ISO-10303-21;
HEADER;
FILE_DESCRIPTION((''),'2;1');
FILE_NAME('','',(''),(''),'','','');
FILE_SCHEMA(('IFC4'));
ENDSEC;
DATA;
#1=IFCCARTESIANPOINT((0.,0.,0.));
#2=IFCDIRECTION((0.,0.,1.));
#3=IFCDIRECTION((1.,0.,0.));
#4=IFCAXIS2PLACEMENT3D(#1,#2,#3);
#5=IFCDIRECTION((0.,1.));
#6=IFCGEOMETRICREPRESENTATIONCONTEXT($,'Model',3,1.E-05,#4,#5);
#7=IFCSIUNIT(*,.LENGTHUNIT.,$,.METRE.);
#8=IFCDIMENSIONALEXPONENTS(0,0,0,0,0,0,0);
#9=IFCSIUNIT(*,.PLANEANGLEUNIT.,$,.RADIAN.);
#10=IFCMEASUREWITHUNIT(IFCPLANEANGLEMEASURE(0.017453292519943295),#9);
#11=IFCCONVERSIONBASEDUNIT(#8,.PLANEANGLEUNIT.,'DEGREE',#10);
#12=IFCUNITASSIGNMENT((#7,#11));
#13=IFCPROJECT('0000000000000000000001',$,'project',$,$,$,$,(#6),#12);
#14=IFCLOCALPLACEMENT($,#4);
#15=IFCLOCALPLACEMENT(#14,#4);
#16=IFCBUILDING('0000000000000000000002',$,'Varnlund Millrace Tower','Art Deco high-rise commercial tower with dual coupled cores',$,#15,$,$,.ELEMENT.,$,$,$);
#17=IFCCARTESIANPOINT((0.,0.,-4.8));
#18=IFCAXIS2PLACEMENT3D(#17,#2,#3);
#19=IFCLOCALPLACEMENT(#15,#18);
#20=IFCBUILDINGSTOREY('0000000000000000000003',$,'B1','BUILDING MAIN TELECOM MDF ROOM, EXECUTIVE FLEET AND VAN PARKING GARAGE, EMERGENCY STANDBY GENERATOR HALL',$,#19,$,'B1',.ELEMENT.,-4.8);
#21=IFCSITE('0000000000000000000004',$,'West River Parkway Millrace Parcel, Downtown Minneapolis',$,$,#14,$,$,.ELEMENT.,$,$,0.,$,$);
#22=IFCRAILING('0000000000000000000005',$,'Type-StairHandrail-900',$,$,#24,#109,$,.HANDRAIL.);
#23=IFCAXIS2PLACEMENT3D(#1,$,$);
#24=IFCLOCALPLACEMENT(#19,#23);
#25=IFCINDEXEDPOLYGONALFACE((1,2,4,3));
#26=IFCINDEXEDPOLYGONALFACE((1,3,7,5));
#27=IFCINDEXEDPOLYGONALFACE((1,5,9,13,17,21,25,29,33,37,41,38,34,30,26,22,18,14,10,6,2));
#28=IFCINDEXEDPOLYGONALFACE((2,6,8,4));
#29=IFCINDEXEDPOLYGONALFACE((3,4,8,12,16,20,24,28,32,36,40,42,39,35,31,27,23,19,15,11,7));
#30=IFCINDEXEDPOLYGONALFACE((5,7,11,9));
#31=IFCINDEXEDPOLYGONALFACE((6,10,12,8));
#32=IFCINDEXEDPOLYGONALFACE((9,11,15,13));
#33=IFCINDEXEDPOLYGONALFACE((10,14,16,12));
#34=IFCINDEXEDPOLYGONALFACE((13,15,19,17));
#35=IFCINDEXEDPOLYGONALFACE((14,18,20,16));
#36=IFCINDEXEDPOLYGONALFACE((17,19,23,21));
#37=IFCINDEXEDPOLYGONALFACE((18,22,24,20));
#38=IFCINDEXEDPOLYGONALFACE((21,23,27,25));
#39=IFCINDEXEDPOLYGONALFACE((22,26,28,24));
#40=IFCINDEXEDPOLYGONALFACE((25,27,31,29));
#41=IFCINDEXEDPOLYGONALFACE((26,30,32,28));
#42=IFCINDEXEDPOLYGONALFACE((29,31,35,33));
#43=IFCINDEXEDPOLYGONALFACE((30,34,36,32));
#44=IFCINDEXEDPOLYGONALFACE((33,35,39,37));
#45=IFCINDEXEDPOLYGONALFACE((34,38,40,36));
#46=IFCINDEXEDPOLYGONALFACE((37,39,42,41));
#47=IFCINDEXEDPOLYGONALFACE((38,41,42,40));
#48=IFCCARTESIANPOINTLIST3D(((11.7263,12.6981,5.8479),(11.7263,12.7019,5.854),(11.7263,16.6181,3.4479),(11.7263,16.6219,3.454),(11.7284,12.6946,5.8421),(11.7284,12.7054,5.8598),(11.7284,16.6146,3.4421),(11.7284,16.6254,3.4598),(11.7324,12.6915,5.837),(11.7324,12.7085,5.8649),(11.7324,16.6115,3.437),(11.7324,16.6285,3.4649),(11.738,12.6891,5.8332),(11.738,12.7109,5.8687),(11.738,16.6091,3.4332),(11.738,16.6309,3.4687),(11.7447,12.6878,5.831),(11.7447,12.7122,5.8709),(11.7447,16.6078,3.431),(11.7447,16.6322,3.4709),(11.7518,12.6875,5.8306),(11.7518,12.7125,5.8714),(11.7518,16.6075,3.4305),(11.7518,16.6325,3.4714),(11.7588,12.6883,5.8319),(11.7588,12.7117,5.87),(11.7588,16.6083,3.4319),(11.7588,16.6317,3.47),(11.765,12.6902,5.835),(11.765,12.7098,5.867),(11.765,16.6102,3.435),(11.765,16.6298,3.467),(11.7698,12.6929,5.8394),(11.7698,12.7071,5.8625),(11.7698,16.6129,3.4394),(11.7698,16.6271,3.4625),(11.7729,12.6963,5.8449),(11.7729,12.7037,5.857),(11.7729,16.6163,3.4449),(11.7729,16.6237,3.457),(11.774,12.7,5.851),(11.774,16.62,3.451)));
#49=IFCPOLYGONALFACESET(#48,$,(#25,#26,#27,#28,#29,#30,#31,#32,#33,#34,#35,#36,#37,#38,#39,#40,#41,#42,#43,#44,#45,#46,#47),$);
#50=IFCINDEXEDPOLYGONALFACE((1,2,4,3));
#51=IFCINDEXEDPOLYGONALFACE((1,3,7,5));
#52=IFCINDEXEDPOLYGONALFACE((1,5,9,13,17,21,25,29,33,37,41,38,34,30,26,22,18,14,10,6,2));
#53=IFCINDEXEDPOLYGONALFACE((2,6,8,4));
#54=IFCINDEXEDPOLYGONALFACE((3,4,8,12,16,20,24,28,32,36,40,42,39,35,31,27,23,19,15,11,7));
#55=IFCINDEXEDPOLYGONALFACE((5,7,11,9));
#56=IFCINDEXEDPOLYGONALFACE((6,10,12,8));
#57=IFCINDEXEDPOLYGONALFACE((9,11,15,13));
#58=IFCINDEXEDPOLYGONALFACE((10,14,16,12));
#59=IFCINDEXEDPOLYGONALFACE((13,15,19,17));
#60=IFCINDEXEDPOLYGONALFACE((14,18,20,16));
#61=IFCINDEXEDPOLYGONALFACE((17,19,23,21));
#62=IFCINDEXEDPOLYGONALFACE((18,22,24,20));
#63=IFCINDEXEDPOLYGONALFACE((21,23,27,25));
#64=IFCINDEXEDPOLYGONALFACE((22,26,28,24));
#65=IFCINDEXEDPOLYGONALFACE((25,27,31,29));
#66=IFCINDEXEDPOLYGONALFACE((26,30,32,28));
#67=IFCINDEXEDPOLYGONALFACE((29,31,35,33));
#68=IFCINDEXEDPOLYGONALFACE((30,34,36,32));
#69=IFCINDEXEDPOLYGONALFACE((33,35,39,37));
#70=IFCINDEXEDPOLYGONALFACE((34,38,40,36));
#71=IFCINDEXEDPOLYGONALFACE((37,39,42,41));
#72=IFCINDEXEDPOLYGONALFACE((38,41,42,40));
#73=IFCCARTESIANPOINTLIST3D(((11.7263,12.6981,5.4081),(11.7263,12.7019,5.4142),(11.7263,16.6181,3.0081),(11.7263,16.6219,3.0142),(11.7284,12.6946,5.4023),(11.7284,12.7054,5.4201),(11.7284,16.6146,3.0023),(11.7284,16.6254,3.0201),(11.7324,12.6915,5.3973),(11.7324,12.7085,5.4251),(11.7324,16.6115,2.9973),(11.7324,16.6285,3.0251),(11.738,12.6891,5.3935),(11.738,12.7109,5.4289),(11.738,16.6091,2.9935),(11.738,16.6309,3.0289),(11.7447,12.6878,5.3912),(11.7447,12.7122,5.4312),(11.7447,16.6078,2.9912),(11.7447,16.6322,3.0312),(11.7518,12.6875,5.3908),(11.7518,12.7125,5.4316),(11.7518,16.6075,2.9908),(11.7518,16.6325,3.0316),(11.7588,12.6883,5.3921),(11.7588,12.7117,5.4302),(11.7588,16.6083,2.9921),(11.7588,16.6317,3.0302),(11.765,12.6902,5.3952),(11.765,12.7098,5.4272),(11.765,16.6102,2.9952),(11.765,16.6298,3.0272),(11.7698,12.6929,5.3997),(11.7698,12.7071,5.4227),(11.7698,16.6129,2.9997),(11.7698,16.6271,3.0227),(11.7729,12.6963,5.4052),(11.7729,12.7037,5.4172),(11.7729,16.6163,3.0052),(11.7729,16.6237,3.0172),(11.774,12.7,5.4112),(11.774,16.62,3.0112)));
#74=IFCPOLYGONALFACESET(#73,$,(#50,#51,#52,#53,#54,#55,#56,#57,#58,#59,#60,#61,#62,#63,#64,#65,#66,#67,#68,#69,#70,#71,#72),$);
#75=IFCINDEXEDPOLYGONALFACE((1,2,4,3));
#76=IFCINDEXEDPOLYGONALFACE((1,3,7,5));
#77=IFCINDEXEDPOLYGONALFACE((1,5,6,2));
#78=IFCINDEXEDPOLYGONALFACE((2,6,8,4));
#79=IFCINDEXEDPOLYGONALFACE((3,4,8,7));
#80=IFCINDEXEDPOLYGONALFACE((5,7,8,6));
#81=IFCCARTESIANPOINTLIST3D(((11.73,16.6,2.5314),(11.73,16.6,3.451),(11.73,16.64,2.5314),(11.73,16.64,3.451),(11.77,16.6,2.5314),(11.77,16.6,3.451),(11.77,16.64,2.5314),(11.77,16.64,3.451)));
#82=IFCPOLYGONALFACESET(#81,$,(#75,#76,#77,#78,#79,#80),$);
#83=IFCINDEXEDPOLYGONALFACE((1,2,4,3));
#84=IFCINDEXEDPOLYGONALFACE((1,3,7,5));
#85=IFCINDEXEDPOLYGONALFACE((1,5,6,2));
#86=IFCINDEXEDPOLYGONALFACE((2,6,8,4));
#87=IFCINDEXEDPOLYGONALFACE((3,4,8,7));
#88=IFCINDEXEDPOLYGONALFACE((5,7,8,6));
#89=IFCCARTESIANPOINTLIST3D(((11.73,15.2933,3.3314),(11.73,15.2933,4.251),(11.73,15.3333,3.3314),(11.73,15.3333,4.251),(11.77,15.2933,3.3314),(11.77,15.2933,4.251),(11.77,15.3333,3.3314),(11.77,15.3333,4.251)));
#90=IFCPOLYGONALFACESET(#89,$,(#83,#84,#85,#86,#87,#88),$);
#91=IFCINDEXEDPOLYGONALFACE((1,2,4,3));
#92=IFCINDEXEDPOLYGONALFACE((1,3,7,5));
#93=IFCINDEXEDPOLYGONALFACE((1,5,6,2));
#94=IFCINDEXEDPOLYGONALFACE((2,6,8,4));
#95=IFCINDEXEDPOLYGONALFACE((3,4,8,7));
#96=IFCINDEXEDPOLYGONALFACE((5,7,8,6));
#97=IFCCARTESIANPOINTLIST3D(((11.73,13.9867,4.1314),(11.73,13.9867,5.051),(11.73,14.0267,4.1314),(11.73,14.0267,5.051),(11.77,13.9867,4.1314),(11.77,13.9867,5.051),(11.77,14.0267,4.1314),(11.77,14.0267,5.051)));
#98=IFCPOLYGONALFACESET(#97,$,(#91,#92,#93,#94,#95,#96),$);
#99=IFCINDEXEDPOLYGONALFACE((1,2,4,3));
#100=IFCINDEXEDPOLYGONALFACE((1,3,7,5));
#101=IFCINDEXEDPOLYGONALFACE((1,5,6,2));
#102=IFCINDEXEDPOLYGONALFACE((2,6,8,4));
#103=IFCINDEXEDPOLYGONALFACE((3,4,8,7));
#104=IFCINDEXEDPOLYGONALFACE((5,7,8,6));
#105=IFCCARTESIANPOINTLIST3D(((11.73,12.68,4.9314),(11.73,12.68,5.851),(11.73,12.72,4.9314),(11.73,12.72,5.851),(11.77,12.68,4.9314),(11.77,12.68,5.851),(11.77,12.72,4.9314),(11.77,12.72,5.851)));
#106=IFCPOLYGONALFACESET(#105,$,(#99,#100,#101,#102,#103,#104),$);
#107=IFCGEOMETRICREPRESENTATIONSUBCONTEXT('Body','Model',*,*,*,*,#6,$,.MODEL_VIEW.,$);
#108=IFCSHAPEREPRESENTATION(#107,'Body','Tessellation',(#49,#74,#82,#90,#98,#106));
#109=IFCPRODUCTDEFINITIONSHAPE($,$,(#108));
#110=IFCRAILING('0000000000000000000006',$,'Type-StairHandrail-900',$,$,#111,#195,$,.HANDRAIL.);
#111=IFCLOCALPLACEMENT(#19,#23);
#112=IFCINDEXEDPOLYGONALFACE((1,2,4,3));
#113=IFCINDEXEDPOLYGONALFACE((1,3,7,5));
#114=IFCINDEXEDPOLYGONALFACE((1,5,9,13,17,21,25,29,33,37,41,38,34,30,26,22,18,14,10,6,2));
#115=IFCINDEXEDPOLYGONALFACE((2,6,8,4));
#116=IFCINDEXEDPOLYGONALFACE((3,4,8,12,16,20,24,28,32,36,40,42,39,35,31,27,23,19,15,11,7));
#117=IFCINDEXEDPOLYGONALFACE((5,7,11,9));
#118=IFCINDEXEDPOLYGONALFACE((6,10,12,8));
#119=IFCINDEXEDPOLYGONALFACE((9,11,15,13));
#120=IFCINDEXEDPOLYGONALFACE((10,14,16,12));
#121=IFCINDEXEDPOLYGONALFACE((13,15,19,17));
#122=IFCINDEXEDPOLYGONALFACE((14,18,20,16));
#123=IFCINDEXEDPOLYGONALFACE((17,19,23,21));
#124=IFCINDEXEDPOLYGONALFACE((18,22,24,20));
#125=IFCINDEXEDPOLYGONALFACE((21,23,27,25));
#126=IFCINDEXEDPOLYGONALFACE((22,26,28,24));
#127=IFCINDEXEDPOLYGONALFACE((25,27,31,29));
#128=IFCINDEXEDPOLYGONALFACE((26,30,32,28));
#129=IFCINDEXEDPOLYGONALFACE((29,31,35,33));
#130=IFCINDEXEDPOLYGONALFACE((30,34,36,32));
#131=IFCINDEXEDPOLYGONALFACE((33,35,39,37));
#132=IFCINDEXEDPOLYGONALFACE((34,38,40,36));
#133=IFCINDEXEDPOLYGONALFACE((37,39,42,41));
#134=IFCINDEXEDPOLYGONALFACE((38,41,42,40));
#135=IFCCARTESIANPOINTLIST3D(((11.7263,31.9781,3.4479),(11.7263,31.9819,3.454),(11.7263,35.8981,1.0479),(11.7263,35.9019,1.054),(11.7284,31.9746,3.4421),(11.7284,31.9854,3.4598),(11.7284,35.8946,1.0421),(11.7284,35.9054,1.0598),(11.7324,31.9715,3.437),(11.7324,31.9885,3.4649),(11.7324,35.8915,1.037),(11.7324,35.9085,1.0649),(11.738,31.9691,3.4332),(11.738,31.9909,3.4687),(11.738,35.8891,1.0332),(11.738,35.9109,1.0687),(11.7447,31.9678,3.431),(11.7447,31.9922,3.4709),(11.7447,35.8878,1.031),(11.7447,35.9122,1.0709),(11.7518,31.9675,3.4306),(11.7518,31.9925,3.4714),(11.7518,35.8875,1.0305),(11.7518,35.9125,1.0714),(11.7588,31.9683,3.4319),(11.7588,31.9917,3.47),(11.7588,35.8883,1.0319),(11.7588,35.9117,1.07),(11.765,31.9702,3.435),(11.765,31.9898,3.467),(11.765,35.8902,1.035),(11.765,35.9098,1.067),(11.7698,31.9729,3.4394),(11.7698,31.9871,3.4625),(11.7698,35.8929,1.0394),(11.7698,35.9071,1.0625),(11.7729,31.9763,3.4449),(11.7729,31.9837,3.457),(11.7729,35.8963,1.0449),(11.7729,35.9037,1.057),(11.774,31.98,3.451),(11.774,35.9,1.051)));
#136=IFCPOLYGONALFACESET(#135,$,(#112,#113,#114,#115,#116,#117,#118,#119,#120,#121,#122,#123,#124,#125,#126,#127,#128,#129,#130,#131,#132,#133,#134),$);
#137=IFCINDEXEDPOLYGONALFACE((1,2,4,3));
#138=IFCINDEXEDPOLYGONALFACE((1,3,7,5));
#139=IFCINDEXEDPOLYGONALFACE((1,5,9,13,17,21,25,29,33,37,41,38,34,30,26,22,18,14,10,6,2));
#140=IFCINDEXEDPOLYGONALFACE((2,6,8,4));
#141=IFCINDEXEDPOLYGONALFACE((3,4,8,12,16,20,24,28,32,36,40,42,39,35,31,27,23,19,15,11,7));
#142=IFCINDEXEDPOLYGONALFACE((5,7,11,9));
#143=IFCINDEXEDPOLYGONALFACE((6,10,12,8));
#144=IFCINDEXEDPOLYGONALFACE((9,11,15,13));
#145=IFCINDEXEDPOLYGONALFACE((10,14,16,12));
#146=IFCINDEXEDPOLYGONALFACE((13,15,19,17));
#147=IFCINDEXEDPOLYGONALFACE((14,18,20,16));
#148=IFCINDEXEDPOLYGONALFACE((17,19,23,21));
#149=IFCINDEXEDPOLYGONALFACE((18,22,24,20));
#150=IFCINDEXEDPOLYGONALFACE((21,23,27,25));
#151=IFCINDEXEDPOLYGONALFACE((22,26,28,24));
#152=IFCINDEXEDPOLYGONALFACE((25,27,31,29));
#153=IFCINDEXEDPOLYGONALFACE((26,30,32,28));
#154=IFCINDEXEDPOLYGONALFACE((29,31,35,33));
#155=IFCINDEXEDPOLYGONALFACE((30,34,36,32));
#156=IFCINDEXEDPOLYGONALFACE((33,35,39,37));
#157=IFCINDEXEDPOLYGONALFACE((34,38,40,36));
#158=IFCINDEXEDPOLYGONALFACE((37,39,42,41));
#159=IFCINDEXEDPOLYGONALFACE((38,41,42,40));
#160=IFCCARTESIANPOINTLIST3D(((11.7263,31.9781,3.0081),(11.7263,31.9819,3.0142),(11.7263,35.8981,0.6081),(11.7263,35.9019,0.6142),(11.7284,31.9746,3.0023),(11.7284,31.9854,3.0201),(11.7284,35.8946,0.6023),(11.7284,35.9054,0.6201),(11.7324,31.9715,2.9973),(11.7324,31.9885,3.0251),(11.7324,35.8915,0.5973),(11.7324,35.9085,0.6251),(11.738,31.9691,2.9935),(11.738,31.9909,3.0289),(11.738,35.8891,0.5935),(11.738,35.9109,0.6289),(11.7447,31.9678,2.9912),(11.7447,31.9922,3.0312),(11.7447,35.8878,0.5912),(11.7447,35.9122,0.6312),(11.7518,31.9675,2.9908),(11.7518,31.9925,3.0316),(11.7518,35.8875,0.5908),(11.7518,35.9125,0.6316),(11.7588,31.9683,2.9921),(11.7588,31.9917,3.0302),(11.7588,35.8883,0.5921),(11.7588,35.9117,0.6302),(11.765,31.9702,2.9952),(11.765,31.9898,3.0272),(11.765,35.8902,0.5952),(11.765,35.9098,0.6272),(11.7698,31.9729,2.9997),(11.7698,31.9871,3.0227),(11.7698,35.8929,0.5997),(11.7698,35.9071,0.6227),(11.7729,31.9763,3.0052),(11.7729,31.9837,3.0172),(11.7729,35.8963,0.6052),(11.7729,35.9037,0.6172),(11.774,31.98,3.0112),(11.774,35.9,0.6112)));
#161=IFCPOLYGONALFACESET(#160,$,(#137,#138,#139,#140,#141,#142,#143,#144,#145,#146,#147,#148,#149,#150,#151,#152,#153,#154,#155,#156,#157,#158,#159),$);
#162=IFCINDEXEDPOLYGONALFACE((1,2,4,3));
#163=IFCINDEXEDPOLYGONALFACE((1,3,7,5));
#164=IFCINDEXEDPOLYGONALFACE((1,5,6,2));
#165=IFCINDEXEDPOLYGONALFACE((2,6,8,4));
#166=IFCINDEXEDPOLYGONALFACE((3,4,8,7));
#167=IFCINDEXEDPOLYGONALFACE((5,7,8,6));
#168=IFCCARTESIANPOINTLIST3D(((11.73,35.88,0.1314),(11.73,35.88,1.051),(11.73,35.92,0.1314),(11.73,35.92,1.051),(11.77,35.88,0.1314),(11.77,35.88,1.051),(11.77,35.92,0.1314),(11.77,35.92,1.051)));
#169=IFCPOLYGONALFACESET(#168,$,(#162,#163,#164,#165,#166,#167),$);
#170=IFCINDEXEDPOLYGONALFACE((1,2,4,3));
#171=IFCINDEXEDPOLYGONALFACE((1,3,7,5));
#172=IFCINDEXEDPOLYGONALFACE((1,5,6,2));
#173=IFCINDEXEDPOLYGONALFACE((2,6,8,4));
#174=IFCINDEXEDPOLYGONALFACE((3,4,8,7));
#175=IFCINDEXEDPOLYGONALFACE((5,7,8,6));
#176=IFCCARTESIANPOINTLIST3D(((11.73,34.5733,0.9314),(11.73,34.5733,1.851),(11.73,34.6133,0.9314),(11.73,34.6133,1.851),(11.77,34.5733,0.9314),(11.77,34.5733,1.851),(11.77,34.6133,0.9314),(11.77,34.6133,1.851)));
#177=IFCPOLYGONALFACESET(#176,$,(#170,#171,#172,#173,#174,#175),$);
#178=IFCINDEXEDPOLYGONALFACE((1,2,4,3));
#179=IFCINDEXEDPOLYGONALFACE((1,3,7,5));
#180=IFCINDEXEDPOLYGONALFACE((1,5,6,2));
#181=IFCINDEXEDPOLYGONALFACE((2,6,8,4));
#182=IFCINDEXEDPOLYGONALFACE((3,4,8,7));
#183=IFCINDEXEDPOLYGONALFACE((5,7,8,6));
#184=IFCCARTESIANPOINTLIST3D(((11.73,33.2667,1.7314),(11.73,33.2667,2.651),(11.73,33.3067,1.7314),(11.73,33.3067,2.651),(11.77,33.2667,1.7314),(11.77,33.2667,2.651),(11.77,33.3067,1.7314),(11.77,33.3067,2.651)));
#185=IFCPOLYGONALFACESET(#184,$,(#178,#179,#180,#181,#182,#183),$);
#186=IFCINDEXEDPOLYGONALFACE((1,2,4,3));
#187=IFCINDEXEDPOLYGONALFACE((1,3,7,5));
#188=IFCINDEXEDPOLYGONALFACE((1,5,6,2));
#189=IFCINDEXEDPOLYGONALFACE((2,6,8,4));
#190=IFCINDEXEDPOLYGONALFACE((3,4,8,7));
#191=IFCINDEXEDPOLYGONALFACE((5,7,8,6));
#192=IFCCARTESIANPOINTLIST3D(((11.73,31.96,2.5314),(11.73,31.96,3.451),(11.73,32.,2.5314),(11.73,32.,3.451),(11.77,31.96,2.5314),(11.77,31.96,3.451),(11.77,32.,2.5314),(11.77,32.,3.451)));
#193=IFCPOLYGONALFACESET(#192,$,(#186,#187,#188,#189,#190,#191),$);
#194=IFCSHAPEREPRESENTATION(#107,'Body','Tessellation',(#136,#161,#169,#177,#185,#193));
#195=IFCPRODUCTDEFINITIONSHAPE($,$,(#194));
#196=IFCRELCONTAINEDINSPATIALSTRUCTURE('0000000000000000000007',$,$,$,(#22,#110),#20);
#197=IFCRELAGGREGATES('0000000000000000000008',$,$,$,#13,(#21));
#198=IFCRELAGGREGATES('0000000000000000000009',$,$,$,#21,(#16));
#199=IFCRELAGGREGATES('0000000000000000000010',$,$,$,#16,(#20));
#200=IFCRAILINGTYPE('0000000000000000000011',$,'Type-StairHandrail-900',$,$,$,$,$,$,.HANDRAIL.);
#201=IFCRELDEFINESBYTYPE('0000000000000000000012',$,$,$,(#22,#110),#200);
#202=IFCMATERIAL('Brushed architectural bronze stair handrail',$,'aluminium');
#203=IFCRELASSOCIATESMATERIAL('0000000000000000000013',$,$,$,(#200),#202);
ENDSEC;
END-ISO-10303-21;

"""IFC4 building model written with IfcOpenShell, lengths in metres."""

from ifc_helpers import new_model, entity, si_unit, converted_unit, direction, frame, origin_with_axes, origin_2d_with_axis, place, context, subcontext, project, spatial, rectangle, circle, extrude, material, type_object, element, save


model = new_model("IFC4")

# Units and contexts
model_context = context("Model", 3, precision=1e-05, world=origin_with_axes(), true_north=direction((0.0, 1.0)))
body_context = subcontext(model_context, "Body", "Model", "MODEL_VIEW")
ifc_project = project(units=[si_unit("LENGTHUNIT", "METRE"), converted_unit("PLANEANGLEUNIT", "DEGREE", entity("IfcPlaneAngleMeasure", 0.017453292519943295), si_unit("PLANEANGLEUNIT", "RADIAN"), dimensions=[0, 0, 0, 0, 0, 0, 0])], contexts=[model_context])

# Site, building, storey
site_placement = place(None, origin_with_axes())
site = spatial("IfcSite", under=ifc_project, at=site_placement, Name="West River Parkway Millrace Parcel, Downtown Minneapolis", CompositionType="ELEMENT", RefElevation=0.0)
building_placement = place(site_placement, origin_with_axes())
building = spatial("IfcBuilding", under=site, at=building_placement, Name="Varnlund Millrace Tower", Description="Art Deco high-rise commercial tower with dual coupled cores", CompositionType="ELEMENT")
storey_placement = place(building_placement, frame((0.0, 0.0, -4.8), z_axis=(0.0, 0.0, 1.0), x_axis=(1.0, 0.0, 0.0)))
storey = spatial("IfcBuildingStorey", under=building, at=storey_placement, Name="B1", Description="BUILDING MAIN TELECOM MDF ROOM, EXECUTIVE FLEET AND VAN PARKING GARAGE, EMERGENCY STANDBY GENERATOR HALL", LongName="B1", CompositionType="ELEMENT", Elevation=-4.8)

# Railings
ifc_material_1 = material(Name="Brushed architectural bronze stair handrail", Category="aluminium")
railing_type_1 = type_object("IfcRailingType", Name="Type-StairHandrail-900", PredefinedType="HANDRAIL", material=ifc_material_1)
railing_1_placement = place(storey_placement, frame((0.0, 0.0, 4.8), z_axis=(0.0, 0.0, 1.0), x_axis=(1.0, 0.0, 0.0)))
element("IfcRailing", 1, at=railing_1_placement, inside=storey, type_object=railing_type_1, Name="Type-StairHandrail-900", PredefinedType="HANDRAIL", context=body_context, shape_type="SweptSolid", body=[
    extrude(circle(Radius=0.024, at=origin_2d_with_axis()), frame((11.75, 16.62, -1.349), z_axis=(0.0, -0.852851, 0.522154), x_axis=(1.0, 0.0, 0.0)), (0.0, 0.0, 1.0), 4.5963),
    extrude(circle(Radius=0.024, at=origin_2d_with_axis()), frame((11.75, 16.62, -1.7888), z_axis=(0.0, -0.852851, 0.522154), x_axis=(1.0, 0.0, 0.0)), (0.0, 0.0, 1.0), 4.5963),
    extrude(rectangle(XDim=0.04, YDim=0.04, at=origin_2d_with_axis()), frame((11.75, 16.62, -2.2686), z_axis=(0.0, 0.0, 1.0), x_axis=(1.0, 0.0, 0.0)), (0.0, 0.0, 1.0), 0.9195),
    extrude(rectangle(XDim=0.04, YDim=0.04, at=origin_2d_with_axis()), frame((11.75, 15.3133, -1.4686), z_axis=(0.0, 0.0, 1.0), x_axis=(1.0, 0.0, 0.0)), (0.0, 0.0, 1.0), 0.9195),
    extrude(rectangle(XDim=0.04, YDim=0.04, at=origin_2d_with_axis()), frame((11.75, 14.0067, -0.6686), z_axis=(0.0, 0.0, 1.0), x_axis=(1.0, 0.0, 0.0)), (0.0, 0.0, 1.0), 0.9195),
    extrude(rectangle(XDim=0.04, YDim=0.04, at=origin_2d_with_axis()), frame((11.75, 12.7, 0.1314), z_axis=(0.0, 0.0, 1.0), x_axis=(1.0, 0.0, 0.0)), (0.0, 0.0, 1.0), 0.9195),
])
railing_2_placement = place(storey_placement, frame((0.0, 0.0, 4.8), z_axis=(0.0, 0.0, 1.0), x_axis=(1.0, 0.0, 0.0)))
element("IfcRailing", 2, at=railing_2_placement, inside=storey, type_object=railing_type_1, Name="Type-StairHandrail-900", PredefinedType="HANDRAIL", context=body_context, shape_type="SweptSolid", body=[
    extrude(circle(Radius=0.024, at=origin_2d_with_axis()), frame((11.75, 35.9, -3.749), z_axis=(0.0, -0.852851, 0.522154), x_axis=(1.0, 0.0, 0.0)), (0.0, 0.0, 1.0), 4.5963),
    extrude(circle(Radius=0.024, at=origin_2d_with_axis()), frame((11.75, 35.9, -4.1888), z_axis=(0.0, -0.852851, 0.522154), x_axis=(1.0, 0.0, 0.0)), (0.0, 0.0, 1.0), 4.5963),
    extrude(rectangle(XDim=0.04, YDim=0.04, at=origin_2d_with_axis()), frame((11.75, 35.9, -4.6686), z_axis=(0.0, 0.0, 1.0), x_axis=(1.0, 0.0, 0.0)), (0.0, 0.0, 1.0), 0.9195),
    extrude(rectangle(XDim=0.04, YDim=0.04, at=origin_2d_with_axis()), frame((11.75, 34.5933, -3.8686), z_axis=(0.0, 0.0, 1.0), x_axis=(1.0, 0.0, 0.0)), (0.0, 0.0, 1.0), 0.9195),
    extrude(rectangle(XDim=0.04, YDim=0.04, at=origin_2d_with_axis()), frame((11.75, 33.2867, -3.0686), z_axis=(0.0, 0.0, 1.0), x_axis=(1.0, 0.0, 0.0)), (0.0, 0.0, 1.0), 0.9195),
    extrude(rectangle(XDim=0.04, YDim=0.04, at=origin_2d_with_axis()), frame((11.75, 31.98, -2.2686), z_axis=(0.0, 0.0, 1.0), x_axis=(1.0, 0.0, 0.0)), (0.0, 0.0, 1.0), 0.9195),
])

save(model, "model.ifc")
